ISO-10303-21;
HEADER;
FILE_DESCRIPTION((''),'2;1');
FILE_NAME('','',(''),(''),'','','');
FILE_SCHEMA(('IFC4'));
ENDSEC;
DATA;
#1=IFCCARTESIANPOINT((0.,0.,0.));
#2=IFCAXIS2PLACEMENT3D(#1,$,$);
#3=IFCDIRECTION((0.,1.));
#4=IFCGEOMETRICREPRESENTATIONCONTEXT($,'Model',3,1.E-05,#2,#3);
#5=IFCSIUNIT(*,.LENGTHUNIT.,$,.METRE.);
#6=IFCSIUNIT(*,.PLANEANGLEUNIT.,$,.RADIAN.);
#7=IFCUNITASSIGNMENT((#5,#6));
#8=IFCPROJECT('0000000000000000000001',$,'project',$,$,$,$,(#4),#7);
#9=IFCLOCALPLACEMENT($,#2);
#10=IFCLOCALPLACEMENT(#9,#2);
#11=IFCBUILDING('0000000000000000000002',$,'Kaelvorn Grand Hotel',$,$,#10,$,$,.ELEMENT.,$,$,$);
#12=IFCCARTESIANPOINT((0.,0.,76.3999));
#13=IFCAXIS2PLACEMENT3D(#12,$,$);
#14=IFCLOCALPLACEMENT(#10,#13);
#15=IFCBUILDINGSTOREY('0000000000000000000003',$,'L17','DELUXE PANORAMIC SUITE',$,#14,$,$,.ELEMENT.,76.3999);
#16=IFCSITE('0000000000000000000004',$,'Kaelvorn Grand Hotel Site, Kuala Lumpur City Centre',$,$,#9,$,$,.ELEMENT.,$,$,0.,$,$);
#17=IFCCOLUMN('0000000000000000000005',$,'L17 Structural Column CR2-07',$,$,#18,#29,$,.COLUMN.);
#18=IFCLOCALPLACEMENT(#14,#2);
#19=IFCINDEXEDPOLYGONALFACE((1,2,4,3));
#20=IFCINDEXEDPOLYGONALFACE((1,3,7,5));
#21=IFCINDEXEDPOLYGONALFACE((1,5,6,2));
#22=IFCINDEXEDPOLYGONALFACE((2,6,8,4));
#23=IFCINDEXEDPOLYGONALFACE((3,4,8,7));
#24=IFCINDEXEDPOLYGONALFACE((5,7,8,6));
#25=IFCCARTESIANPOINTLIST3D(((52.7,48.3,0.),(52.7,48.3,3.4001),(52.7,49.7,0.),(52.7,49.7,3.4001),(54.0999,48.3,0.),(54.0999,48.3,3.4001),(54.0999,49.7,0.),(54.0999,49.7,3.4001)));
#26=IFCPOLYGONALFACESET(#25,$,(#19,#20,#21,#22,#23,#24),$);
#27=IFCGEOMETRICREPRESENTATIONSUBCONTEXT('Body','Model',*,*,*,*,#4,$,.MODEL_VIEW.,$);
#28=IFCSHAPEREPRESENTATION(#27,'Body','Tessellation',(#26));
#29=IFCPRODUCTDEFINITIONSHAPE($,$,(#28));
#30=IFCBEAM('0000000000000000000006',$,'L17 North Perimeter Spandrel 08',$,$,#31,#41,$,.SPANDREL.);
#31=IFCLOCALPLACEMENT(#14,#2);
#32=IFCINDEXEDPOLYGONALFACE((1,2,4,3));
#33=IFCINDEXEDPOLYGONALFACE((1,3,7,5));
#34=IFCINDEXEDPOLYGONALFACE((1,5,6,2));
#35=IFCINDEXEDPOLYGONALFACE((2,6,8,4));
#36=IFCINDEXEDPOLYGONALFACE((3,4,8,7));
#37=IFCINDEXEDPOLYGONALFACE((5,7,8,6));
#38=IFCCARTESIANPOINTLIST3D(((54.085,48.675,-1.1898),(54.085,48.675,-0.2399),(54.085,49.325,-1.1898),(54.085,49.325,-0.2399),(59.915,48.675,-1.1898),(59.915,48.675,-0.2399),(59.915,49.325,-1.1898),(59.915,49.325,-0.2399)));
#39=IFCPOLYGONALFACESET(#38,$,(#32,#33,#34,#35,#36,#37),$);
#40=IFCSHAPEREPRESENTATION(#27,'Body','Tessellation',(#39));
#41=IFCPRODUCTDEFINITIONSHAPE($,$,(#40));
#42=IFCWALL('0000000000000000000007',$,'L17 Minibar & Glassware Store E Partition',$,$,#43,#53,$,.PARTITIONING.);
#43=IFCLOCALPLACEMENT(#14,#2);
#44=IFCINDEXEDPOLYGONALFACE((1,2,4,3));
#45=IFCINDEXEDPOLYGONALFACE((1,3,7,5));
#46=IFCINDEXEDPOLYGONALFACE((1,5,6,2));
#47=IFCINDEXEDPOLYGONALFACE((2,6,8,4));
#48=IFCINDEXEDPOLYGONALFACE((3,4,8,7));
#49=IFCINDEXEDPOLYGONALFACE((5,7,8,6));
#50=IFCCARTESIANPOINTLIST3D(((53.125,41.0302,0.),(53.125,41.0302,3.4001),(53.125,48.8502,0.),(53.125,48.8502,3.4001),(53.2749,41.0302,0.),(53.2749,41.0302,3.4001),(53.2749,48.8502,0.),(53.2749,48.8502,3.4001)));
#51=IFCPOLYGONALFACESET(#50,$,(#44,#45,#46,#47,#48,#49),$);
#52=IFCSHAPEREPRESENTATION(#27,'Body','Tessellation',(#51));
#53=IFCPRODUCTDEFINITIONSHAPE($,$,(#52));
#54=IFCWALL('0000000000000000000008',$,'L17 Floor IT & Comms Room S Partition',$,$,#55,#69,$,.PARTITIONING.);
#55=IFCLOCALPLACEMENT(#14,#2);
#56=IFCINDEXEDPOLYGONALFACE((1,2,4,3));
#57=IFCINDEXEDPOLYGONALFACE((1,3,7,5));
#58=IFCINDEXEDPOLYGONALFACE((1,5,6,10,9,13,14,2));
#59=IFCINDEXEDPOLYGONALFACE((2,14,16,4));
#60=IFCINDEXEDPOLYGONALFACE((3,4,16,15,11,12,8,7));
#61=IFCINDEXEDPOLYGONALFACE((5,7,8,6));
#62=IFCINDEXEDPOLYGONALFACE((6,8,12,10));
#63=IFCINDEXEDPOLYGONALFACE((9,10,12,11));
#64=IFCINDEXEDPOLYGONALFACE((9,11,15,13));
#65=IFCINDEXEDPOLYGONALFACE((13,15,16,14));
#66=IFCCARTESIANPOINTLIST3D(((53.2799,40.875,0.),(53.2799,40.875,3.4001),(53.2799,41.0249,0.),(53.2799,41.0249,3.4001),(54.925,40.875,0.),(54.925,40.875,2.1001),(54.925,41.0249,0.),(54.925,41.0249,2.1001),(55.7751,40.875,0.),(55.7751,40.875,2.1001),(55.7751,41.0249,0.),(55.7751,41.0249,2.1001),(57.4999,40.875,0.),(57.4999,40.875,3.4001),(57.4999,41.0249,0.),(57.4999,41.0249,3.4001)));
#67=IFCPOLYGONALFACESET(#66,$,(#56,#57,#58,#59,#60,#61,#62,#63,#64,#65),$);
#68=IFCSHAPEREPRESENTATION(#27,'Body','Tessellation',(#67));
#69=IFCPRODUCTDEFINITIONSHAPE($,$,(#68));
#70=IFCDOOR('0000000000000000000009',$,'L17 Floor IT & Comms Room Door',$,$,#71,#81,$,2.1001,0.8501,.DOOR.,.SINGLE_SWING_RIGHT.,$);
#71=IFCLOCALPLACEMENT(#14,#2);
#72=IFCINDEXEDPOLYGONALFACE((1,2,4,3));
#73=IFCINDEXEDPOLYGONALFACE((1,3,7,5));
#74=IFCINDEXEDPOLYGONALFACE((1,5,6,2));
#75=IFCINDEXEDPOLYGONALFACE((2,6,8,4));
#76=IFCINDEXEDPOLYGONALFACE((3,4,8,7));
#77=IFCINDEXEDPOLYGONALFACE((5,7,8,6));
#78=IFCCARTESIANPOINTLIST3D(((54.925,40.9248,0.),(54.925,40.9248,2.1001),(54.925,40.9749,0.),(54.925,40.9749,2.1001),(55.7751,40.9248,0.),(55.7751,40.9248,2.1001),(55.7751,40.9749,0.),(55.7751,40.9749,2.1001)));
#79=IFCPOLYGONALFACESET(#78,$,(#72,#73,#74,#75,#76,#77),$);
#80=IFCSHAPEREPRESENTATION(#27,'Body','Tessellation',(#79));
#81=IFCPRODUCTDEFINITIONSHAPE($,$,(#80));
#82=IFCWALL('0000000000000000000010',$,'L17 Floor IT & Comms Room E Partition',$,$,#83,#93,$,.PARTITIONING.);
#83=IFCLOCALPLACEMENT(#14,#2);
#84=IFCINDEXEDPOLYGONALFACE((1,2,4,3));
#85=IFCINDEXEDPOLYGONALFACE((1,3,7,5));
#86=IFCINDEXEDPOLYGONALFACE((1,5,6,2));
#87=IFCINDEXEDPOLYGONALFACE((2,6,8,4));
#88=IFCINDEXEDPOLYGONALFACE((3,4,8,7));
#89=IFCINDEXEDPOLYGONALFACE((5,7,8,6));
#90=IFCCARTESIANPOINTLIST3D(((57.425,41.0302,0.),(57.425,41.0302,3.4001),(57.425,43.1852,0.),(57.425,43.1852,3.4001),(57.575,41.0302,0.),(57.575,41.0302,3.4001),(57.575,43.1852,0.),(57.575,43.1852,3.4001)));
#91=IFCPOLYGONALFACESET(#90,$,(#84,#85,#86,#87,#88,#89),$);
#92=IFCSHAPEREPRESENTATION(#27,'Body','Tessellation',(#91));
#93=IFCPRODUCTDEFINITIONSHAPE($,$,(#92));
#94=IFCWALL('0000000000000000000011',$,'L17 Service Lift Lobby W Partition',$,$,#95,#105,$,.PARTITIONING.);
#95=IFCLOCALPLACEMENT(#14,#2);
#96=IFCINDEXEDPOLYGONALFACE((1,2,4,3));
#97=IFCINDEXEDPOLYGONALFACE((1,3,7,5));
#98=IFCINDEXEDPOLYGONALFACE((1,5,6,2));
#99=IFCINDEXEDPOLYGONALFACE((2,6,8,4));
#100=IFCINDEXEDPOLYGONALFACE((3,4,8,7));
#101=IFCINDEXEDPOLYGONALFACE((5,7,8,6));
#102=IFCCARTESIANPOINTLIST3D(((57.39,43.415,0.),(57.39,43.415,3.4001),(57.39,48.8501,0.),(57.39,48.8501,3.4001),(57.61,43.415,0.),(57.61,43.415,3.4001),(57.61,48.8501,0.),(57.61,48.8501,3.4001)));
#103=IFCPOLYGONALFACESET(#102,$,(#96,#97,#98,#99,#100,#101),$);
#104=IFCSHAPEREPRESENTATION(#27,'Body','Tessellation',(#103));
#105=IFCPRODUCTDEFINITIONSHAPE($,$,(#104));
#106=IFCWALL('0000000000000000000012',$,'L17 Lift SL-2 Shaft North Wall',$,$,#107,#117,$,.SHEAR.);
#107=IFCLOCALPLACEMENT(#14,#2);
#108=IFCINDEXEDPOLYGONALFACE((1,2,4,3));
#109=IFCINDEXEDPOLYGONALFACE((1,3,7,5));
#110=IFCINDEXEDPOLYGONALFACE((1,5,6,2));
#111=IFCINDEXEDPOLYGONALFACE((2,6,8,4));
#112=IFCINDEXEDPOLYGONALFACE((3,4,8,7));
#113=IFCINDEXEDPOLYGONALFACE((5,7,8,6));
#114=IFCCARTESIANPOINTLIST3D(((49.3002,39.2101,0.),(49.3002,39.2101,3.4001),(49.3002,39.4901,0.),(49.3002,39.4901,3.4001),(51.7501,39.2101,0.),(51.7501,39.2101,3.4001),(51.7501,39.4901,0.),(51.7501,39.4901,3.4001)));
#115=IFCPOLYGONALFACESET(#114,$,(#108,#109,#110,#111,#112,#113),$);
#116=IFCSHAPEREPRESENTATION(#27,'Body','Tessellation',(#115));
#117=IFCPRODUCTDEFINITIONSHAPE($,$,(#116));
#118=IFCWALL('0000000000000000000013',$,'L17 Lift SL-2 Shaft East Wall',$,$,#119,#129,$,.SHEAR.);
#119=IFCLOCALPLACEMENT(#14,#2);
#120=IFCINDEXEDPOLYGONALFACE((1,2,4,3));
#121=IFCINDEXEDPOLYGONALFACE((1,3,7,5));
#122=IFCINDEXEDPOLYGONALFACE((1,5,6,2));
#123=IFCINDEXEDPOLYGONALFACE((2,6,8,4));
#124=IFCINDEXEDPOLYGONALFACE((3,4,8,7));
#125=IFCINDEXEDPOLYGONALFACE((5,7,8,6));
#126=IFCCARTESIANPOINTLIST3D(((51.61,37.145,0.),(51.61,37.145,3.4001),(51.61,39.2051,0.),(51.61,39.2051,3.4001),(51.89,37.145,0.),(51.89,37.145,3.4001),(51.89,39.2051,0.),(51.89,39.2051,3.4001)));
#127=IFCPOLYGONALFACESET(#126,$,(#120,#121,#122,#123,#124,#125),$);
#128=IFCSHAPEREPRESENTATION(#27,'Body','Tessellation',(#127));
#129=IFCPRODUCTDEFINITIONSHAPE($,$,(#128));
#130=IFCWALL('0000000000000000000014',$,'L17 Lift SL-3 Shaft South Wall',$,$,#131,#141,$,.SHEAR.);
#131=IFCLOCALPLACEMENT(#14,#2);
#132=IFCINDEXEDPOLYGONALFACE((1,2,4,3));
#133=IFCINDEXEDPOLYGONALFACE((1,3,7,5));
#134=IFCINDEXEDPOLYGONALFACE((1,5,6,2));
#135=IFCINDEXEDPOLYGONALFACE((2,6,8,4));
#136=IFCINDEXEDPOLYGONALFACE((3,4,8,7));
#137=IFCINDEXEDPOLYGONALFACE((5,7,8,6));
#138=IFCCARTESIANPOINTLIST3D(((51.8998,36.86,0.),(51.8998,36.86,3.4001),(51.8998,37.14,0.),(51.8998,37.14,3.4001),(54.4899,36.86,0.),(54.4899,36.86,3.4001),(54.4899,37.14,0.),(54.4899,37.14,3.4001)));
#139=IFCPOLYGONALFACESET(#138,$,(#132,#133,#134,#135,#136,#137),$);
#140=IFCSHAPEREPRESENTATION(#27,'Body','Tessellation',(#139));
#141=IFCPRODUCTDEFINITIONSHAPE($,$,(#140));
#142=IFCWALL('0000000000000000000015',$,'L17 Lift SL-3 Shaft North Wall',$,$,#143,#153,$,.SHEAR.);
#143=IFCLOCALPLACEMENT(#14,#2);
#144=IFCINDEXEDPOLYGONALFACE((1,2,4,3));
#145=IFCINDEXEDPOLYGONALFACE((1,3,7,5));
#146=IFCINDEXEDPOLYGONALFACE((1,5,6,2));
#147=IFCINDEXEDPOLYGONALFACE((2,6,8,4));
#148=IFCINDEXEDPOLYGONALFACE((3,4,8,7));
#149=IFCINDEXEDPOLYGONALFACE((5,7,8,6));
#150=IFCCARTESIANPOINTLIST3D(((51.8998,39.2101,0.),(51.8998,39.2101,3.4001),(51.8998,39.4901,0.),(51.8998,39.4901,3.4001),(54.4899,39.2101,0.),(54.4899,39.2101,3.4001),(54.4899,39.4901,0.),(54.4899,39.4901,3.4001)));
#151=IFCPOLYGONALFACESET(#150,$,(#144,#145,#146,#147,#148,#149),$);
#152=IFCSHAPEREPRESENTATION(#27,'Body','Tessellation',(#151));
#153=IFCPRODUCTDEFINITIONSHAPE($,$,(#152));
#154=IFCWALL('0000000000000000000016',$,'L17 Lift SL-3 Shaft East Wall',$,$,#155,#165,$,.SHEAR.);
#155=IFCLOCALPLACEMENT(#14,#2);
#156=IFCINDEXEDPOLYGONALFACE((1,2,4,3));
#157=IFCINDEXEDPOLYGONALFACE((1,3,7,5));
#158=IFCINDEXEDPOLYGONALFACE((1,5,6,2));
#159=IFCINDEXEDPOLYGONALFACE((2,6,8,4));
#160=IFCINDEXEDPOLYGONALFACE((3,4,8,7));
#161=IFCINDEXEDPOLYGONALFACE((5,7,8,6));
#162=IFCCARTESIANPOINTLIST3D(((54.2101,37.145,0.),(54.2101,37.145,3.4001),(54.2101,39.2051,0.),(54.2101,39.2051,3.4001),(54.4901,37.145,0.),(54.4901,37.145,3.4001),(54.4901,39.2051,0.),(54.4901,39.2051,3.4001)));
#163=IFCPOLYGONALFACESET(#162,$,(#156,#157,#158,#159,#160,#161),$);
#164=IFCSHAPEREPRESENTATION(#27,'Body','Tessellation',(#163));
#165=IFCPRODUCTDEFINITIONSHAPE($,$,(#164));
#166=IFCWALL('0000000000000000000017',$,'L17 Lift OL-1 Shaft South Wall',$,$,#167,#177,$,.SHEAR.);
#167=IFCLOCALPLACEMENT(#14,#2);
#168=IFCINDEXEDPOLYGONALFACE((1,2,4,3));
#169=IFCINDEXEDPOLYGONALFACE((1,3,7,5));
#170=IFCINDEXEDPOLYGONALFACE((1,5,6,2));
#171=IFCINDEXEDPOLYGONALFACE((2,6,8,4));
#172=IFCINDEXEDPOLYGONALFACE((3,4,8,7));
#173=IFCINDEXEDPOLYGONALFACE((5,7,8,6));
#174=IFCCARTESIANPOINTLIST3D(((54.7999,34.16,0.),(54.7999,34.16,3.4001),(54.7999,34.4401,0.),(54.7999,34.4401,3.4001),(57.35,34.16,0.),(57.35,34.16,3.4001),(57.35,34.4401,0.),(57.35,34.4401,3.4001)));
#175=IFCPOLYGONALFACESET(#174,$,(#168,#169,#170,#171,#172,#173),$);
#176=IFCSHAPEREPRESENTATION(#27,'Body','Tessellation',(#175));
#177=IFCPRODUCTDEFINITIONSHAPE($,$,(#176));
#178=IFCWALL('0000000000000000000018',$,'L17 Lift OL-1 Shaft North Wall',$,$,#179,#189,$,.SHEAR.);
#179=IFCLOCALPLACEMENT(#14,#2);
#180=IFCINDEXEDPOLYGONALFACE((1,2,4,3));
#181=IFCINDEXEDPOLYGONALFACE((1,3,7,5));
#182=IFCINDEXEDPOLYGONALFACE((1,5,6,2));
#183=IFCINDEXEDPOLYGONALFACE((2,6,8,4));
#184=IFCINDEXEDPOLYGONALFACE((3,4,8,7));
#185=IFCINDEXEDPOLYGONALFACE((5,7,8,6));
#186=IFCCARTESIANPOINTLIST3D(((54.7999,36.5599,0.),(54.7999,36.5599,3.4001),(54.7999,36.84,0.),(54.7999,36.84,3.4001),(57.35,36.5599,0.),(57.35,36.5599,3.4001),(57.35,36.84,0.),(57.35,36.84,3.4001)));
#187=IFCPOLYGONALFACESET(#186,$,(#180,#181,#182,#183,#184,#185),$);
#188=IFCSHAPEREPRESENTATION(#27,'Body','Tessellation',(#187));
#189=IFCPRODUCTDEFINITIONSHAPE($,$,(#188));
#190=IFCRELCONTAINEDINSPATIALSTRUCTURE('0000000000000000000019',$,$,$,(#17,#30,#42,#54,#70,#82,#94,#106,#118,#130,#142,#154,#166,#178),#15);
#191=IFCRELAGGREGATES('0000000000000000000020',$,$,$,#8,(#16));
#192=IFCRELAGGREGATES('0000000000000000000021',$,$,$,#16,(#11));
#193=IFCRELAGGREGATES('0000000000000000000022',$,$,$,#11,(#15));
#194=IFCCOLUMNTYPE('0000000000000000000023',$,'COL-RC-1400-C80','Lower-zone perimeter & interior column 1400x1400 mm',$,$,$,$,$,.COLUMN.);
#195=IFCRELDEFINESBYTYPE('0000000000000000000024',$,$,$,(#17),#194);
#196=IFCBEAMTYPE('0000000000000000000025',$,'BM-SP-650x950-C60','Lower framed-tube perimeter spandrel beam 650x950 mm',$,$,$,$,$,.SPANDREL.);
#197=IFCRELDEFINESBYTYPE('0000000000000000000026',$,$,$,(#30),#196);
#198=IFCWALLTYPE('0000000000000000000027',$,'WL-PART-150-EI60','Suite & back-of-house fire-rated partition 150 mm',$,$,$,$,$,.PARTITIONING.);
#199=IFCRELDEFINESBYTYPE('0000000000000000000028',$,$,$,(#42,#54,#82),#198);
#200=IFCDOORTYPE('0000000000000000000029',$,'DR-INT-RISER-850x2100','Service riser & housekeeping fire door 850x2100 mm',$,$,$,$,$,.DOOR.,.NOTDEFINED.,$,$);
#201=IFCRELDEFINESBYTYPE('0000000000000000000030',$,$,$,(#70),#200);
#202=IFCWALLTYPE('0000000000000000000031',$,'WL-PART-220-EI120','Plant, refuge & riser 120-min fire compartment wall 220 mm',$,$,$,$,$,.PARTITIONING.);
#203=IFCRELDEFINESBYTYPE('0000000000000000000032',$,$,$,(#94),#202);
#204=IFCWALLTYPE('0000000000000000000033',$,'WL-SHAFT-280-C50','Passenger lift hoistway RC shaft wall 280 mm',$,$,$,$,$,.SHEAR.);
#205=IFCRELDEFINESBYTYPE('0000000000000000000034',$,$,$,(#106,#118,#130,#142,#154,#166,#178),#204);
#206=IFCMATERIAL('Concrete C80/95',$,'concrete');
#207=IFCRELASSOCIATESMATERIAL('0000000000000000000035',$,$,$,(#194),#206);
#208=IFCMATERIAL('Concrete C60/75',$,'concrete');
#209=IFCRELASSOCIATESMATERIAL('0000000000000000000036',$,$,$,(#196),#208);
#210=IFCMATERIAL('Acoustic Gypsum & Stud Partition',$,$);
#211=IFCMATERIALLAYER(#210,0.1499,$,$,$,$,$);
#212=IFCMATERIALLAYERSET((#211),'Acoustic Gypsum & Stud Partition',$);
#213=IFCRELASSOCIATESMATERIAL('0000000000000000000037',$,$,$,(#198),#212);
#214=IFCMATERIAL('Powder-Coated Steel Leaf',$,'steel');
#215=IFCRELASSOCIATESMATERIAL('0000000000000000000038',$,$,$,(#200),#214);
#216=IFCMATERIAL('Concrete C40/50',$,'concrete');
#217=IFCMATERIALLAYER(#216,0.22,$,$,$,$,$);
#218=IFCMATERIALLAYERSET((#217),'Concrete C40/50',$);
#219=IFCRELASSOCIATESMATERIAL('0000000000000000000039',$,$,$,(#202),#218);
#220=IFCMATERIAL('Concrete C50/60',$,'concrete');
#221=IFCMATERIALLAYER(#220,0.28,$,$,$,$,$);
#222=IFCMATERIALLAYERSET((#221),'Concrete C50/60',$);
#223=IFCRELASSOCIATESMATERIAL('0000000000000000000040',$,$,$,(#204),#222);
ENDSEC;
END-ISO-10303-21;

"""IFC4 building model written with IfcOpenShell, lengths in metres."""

from ifc_helpers import new_model, si_unit, direction, frame, frame_2d, origin, origin_2d, place, context, subcontext, project, spatial, rectangle, extrude, material, layer, layer_set, material_profile, profile_set, type_object, element, fill, save


model = new_model("IFC4")

# Units and contexts
model_context = context("Model", 3, precision=1e-05, world=origin(), true_north=direction((0.0, 1.0)))
body_context = subcontext(model_context, "Body", "Model", "MODEL_VIEW")
ifc_project = project(units=[si_unit("LENGTHUNIT", "METRE"), si_unit("PLANEANGLEUNIT", "RADIAN")], contexts=[model_context])

# Site, building, storey
site_placement = place(None, origin())
site = spatial("IfcSite", under=ifc_project, at=site_placement, Name="Kaelvorn Grand Hotel Site, Kuala Lumpur City Centre", CompositionType="ELEMENT", RefElevation=0.0)
building_placement = place(site_placement, origin())
building = spatial("IfcBuilding", under=site, at=building_placement, Name="Kaelvorn Grand Hotel", CompositionType="ELEMENT")
storey_placement = place(building_placement, frame((0.0, 0.0, 76.3999)))
storey = spatial("IfcBuildingStorey", under=building, at=storey_placement, Name="L17", Description="DELUXE PANORAMIC SUITE", CompositionType="ELEMENT", Elevation=76.3999)

# Column
ifc_material_1 = material(Name="Concrete C80/95", Category="concrete")
ifc_material_profile_1 = material_profile(ifc_material_1, rectangle(XDim=1.3999, YDim=1.3999, at=origin_2d()), Name="RC COL 1400x1400")
ifc_profile_set_1 = profile_set([ifc_material_profile_1], Name="Concrete C80/95")
column_type = type_object("IfcColumnType", Name="COL-RC-1400-C80", Description="Lower-zone perimeter & interior column 1400x1400 mm", PredefinedType="COLUMN", material=ifc_profile_set_1)
column_placement = place(storey_placement, frame((53.3999, 49.0, 0.0), z_axis=(0.0, 0.0, 1.0), x_axis=(1.0, 0.0, 0.0)))
element("IfcColumn", 1, at=column_placement, inside=storey, type_object=column_type, Name="L17 Structural Column CR2-07", PredefinedType="COLUMN", context=body_context, shape_type="SweptSolid", body=[
    extrude(rectangle(XDim=1.3999, YDim=1.3999, at=origin_2d()), origin(), (0.0, 0.0, 1.0), 3.4001),
])

# Beam
ifc_material_2 = material(Name="Concrete C60/75", Category="concrete")
ifc_material_profile_2 = material_profile(ifc_material_2, rectangle(XDim=0.6499, YDim=0.95, at=origin_2d()), Name="RC SPANDREL 650x950")
ifc_profile_set_2 = profile_set([ifc_material_profile_2], Name="Concrete C60/75")
beam_type = type_object("IfcBeamType", Name="BM-SP-650x950-C60", Description="Lower framed-tube perimeter spandrel beam 650x950 mm", PredefinedType="SPANDREL", material=ifc_profile_set_2)
beam_placement = place(storey_placement, frame((54.085, 49.0, -0.7148), z_axis=(1.0, 0.0, 0.0), x_axis=(0.0, 1.0, 0.0)))
element("IfcBeam", 2, at=beam_placement, inside=storey, type_object=beam_type, Name="L17 North Perimeter Spandrel 08", PredefinedType="SPANDREL", context=body_context, shape_type="SweptSolid", body=[
    extrude(rectangle(XDim=0.6499, YDim=0.95, at=origin_2d()), origin(), (0.0, 0.0, 1.0), 5.8301),
])

# Wall
ifc_material_3 = material(Name="Acoustic Gypsum & Stud Partition")
ifc_layer_1 = layer(ifc_material_3, 0.1499)
ifc_layer_set_1 = layer_set([ifc_layer_1], Name="Acoustic Gypsum & Stud Partition")
wall_type_1 = type_object("IfcWallType", Name="WL-PART-150-EI60", Description="Suite & back-of-house fire-rated partition 150 mm", PredefinedType="PARTITIONING", material=ifc_layer_set_1)
wall_1_placement = place(storey_placement, frame((53.2, 41.03, 0.0), z_axis=(0.0, 0.0, 1.0), x_axis=(0.0, 1.0, 0.0)))
element("IfcWall", 3, at=wall_1_placement, inside=storey, type_object=wall_type_1, Name="L17 Minibar & Glassware Store E Partition", PredefinedType="PARTITIONING", context=body_context, shape_type="SweptSolid", body=[
    extrude(rectangle(XDim=7.8201, YDim=0.1499, at=frame_2d((3.9102, 0.0))), origin(), (0.0, 0.0, 1.0), 3.4001),
])

# Wall, opening, door
wall_2_placement = place(storey_placement, frame((53.28, 40.95, 0.0), z_axis=(0.0, 0.0, 1.0), x_axis=(1.0, 0.0, 0.0)))
wall_2 = element("IfcWall", 4, at=wall_2_placement, inside=storey, type_object=wall_type_1, Name="L17 Floor IT & Comms Room S Partition", PredefinedType="PARTITIONING", context=body_context, shape_type="SweptSolid", body=[
    extrude(rectangle(XDim=4.22, YDim=0.1499, at=frame_2d((2.1099, 0.0))), origin(), (0.0, 0.0, 1.0), 3.4001),
])
opening_1_placement = place(wall_2_placement, frame((1.645, 0.0, 0.0)))
opening_1 = element("IfcOpeningElement", 5, at=opening_1_placement, cuts=wall_2, PredefinedType="OPENING", context=body_context, shape_type="SweptSolid", body=[
    extrude(rectangle(XDim=0.8501, YDim=2.1001, at=frame_2d((0.425, 1.05))), frame((0.0, 0.085, 0.0), z_axis=(0.0, -1.0, 0.0), x_axis=(1.0, 0.0, 0.0)), (0.0, 0.0, 1.0), 0.1699),
])
ifc_material_4 = material(Name="Powder-Coated Steel Leaf", Category="steel")
door_type_1 = type_object("IfcDoorType", Name="DR-INT-RISER-850x2100", Description="Service riser & housekeeping fire door 850x2100 mm", OperationType="NOTDEFINED", PredefinedType="DOOR", material=ifc_material_4)
door_1_placement = place(opening_1_placement, origin())
door_1 = element("IfcDoor", 6, at=door_1_placement, inside=storey, type_object=door_type_1, Name="L17 Floor IT & Comms Room Door", OperationType="SINGLE_SWING_RIGHT", OverallHeight=2.1001, OverallWidth=0.8501, PredefinedType="DOOR", context=body_context, shape_type="SweptSolid", body=[
    extrude(rectangle(XDim=0.8501, YDim=2.1001, at=frame_2d((0.425, 1.05))), frame((0.0, 0.0249, 0.0), z_axis=(0.0, -1.0, 0.0), x_axis=(1.0, 0.0, 0.0)), (0.0, 0.0, 1.0), 0.05),
])
fill(opening_1, door_1)

# Wall
wall_3_placement = place(storey_placement, frame((57.5, 41.03, 0.0), z_axis=(0.0, 0.0, 1.0), x_axis=(0.0, 1.0, 0.0)))
element("IfcWall", 7, at=wall_3_placement, inside=storey, type_object=wall_type_1, Name="L17 Floor IT & Comms Room E Partition", PredefinedType="PARTITIONING", context=body_context, shape_type="SweptSolid", body=[
    extrude(rectangle(XDim=2.155, YDim=0.1499, at=frame_2d((1.0776, 0.0))), origin(), (0.0, 0.0, 1.0), 3.4001),
])

# Shared definitions
ifc_material_5 = material(Name="Concrete C40/50", Category="concrete")
ifc_layer_2 = layer(ifc_material_5, 0.22)
ifc_layer_set_2 = layer_set([ifc_layer_2], Name="Concrete C40/50")
wall_type_2 = type_object("IfcWallType", Name="WL-PART-220-EI120", Description="Plant, refuge & riser 120-min fire compartment wall 220 mm", PredefinedType="PARTITIONING", material=ifc_layer_set_2)

# Walls
wall_4_placement = place(storey_placement, frame((57.5, 43.415, 0.0), z_axis=(0.0, 0.0, 1.0), x_axis=(0.0, 1.0, 0.0)))
element("IfcWall", 8, at=wall_4_placement, inside=storey, type_object=wall_type_2, Name="L17 Service Lift Lobby W Partition", PredefinedType="PARTITIONING", context=body_context, shape_type="SweptSolid", body=[
    extrude(rectangle(XDim=5.4351, YDim=0.22, at=frame_2d((2.7175, 0.0))), origin(), (0.0, 0.0, 1.0), 3.4001),
])
ifc_material_6 = material(Name="Concrete C50/60", Category="concrete")
ifc_layer_3 = layer(ifc_material_6, 0.28)
ifc_layer_set_3 = layer_set([ifc_layer_3], Name="Concrete C50/60")
wall_type_3 = type_object("IfcWallType", Name="WL-SHAFT-280-C50", Description="Passenger lift hoistway RC shaft wall 280 mm", PredefinedType="SHEAR", material=ifc_layer_set_3)
wall_5_placement = place(storey_placement, frame((49.3, 39.3501, 0.0), z_axis=(0.0, 0.0, 1.0), x_axis=(1.0, 0.0, 0.0)))
element("IfcWall", 9, at=wall_5_placement, inside=storey, type_object=wall_type_3, Name="L17 Lift SL-2 Shaft North Wall", PredefinedType="SHEAR", context=body_context, shape_type="SweptSolid", body=[
    extrude(rectangle(XDim=2.45, YDim=0.28, at=frame_2d((1.2251, 0.0))), origin(), (0.0, 0.0, 1.0), 3.4001),
])
wall_6_placement = place(storey_placement, frame((51.75, 37.145, 0.0), z_axis=(0.0, 0.0, 1.0), x_axis=(0.0, 1.0, 0.0)))
element("IfcWall", 10, at=wall_6_placement, inside=storey, type_object=wall_type_3, Name="L17 Lift SL-2 Shaft East Wall", PredefinedType="SHEAR", context=body_context, shape_type="SweptSolid", body=[
    extrude(rectangle(XDim=2.0601, YDim=0.28, at=frame_2d((1.03, 0.0))), origin(), (0.0, 0.0, 1.0), 3.4001),
])
for number, where, z_axis, x_axis, name in (
    (11, (51.8999, 37.0, 0.0), (0.0, 0.0, 1.0), (1.0, 0.0, 0.0), "L17 Lift SL-3 Shaft South Wall"),
    (12, (51.8999, 39.3501, 0.0), (0.0, 0.0, 1.0), (1.0, 0.0, 0.0), "L17 Lift SL-3 Shaft North Wall"),
):
    element("IfcWall", number, at=place(storey_placement, frame(where, z_axis=z_axis, x_axis=x_axis)), inside=storey, type_object=wall_type_3, Name=name, PredefinedType="SHEAR", context=body_context, shape_type="SweptSolid", body=[
        extrude(rectangle(XDim=2.5901, YDim=0.28, at=frame_2d((1.2949, 0.0))), origin(), (0.0, 0.0, 1.0), 3.4001),
    ])
wall_7_placement = place(storey_placement, frame((54.3501, 37.145, 0.0), z_axis=(0.0, 0.0, 1.0), x_axis=(0.0, 1.0, 0.0)))
element("IfcWall", 13, at=wall_7_placement, inside=storey, type_object=wall_type_3, Name="L17 Lift SL-3 Shaft East Wall", PredefinedType="SHEAR", context=body_context, shape_type="SweptSolid", body=[
    extrude(rectangle(XDim=2.0601, YDim=0.28, at=frame_2d((1.03, 0.0))), origin(), (0.0, 0.0, 1.0), 3.4001),
])
for number, where, z_axis, x_axis, name in (
    (14, (54.8, 34.3, 0.0), (0.0, 0.0, 1.0), (1.0, 0.0, 0.0), "L17 Lift OL-1 Shaft South Wall"),
    (15, (54.8, 36.7, 0.0), (0.0, 0.0, 1.0), (1.0, 0.0, 0.0), "L17 Lift OL-1 Shaft North Wall"),
):
    element("IfcWall", number, at=place(storey_placement, frame(where, z_axis=z_axis, x_axis=x_axis)), inside=storey, type_object=wall_type_3, Name=name, PredefinedType="SHEAR", context=body_context, shape_type="SweptSolid", body=[
        extrude(rectangle(XDim=2.55, YDim=0.28, at=frame_2d((1.2749, 0.0))), origin(), (0.0, 0.0, 1.0), 3.4001),
    ])

save(model, "model.ifc")
